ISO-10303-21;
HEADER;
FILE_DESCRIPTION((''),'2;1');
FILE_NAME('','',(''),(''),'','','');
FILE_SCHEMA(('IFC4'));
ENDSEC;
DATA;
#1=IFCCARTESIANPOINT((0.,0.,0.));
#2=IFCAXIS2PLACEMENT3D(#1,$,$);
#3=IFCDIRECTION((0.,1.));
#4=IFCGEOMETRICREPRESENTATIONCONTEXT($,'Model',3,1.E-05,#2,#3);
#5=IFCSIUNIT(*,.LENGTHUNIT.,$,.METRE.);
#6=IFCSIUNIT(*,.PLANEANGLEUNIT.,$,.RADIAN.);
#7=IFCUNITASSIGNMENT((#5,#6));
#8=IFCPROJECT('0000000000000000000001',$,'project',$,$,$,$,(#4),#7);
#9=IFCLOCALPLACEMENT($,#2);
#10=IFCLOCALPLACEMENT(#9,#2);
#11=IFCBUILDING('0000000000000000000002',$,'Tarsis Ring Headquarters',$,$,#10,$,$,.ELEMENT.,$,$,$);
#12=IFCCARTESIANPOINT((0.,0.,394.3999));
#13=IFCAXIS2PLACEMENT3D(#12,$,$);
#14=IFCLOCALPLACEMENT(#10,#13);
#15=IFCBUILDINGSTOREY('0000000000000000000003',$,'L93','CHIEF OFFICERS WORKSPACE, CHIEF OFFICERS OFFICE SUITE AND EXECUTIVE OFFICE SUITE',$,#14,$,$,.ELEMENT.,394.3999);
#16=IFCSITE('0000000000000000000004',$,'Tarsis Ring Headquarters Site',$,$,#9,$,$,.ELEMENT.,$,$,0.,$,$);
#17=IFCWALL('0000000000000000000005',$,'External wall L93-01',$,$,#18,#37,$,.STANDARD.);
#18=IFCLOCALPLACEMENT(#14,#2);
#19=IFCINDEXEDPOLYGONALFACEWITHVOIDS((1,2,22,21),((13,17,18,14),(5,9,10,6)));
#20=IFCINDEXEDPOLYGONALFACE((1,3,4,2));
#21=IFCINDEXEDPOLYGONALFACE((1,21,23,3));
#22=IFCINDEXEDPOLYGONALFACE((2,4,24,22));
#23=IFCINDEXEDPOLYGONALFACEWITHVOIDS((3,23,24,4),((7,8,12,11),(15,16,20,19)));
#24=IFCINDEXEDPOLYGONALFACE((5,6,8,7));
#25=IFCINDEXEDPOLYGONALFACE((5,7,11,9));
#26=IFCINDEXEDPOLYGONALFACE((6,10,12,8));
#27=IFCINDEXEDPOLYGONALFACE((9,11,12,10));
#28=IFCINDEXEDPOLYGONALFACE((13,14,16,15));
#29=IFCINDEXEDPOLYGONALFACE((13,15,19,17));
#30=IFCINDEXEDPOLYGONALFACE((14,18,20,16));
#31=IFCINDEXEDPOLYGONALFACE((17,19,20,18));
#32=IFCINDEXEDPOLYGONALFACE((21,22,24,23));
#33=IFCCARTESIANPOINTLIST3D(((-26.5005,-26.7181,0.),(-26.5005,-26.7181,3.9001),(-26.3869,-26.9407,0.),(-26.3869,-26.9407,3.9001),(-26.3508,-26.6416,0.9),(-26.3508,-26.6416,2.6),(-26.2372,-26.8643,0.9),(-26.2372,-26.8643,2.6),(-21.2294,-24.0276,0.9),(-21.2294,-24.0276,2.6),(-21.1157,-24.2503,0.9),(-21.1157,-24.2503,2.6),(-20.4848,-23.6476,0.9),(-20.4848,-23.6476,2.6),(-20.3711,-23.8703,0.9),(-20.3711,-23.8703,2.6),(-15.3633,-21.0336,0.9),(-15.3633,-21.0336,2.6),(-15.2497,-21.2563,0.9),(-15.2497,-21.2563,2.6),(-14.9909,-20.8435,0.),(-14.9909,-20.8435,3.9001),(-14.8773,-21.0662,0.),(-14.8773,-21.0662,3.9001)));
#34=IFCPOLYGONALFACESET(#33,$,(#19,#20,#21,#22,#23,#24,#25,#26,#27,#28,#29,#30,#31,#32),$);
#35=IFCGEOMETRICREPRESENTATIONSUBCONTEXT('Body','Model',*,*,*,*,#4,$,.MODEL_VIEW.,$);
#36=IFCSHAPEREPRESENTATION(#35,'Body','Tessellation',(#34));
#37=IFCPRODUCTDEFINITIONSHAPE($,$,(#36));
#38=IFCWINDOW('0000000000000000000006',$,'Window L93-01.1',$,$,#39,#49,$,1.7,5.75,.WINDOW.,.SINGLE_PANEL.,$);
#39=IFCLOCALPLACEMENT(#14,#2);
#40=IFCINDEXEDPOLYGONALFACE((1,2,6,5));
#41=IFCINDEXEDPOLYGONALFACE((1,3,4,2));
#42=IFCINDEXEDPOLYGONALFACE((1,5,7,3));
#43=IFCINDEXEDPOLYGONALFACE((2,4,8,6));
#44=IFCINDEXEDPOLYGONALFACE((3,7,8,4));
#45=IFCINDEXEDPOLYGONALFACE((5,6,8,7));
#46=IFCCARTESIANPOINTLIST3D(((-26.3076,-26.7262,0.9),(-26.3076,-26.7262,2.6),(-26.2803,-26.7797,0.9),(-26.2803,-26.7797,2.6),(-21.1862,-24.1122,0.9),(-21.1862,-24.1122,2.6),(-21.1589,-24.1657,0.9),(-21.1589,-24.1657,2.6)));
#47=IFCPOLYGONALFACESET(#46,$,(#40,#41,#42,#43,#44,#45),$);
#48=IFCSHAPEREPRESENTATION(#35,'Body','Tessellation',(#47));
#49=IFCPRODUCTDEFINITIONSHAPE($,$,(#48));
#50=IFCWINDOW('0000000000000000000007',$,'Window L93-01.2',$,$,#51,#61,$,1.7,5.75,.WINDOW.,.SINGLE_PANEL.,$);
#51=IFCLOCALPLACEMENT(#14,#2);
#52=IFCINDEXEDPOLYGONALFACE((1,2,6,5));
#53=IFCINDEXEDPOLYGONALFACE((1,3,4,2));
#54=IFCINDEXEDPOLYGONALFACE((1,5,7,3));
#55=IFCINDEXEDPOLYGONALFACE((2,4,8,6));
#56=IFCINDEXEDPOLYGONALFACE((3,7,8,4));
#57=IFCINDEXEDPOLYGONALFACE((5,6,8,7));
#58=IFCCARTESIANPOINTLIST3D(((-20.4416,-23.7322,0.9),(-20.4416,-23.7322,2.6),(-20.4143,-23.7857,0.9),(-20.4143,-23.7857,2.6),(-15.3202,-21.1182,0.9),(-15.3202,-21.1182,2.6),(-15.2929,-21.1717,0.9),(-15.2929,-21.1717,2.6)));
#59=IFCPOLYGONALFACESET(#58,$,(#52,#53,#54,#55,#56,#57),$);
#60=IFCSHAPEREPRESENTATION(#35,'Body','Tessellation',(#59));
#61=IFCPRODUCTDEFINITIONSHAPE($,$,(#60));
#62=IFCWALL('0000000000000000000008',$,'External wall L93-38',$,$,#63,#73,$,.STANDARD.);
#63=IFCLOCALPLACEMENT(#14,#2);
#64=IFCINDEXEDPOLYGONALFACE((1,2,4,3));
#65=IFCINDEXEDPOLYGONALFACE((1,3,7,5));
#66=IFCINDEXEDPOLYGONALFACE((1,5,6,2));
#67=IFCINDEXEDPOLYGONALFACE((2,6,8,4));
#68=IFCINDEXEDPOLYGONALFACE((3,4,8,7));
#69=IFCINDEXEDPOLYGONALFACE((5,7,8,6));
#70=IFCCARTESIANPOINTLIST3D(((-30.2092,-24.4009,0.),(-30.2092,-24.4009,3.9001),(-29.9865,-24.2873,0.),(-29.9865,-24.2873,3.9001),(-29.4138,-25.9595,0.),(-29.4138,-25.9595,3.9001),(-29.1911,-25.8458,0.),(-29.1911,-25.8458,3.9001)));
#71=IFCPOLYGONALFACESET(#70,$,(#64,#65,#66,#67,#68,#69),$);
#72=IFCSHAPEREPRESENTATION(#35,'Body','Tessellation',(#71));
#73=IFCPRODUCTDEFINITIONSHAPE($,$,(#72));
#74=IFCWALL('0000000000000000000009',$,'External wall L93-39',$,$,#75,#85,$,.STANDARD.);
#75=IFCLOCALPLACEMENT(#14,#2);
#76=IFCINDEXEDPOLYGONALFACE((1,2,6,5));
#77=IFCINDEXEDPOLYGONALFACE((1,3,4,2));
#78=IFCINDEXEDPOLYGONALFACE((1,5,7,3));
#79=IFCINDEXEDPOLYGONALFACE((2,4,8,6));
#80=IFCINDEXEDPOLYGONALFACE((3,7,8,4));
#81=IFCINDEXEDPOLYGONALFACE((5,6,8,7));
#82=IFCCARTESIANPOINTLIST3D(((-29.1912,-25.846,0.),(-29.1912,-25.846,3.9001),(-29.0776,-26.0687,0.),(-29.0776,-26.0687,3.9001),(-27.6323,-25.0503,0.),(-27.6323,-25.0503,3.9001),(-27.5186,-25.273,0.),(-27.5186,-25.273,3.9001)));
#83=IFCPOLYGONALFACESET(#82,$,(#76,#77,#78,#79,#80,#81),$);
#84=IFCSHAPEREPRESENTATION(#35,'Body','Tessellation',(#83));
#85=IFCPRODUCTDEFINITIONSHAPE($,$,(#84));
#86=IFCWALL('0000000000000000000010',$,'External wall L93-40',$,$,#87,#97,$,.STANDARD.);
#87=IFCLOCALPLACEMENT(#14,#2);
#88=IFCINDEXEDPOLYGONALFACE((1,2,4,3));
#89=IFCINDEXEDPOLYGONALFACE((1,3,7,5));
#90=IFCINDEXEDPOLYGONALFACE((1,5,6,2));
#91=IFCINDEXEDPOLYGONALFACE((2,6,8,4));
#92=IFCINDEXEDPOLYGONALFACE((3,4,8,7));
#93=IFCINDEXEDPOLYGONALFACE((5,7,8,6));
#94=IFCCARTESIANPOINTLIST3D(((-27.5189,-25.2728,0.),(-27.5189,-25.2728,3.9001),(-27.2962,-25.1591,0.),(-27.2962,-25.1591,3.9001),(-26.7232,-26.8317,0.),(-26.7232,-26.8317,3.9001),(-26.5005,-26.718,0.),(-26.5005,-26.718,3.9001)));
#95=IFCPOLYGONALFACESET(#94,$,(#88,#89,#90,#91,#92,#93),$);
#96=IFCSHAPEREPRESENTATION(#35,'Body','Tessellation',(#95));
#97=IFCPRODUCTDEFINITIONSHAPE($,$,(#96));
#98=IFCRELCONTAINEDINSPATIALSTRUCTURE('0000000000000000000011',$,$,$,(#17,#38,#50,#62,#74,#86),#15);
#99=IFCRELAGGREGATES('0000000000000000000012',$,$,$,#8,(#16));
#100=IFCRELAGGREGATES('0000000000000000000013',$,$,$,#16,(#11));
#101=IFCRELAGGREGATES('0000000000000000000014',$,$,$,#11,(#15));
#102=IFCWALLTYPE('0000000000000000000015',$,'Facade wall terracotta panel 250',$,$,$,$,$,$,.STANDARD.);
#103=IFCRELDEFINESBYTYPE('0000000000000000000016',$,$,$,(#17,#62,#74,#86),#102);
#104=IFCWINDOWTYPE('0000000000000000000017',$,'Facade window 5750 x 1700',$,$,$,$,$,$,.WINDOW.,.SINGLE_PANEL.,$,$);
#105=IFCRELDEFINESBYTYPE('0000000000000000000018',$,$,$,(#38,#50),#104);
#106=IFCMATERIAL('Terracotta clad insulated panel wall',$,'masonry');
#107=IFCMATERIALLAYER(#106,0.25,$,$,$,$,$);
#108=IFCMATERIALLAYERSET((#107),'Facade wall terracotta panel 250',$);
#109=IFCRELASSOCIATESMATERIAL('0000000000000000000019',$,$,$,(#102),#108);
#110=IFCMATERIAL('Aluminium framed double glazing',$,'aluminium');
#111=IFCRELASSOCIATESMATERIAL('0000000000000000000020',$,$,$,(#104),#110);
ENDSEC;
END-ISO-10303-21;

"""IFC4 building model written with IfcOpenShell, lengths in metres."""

from ifc_helpers import new_model, si_unit, direction, frame, frame_2d, origin, place, context, subcontext, project, spatial, rectangle, extrude, material, layer, layer_set, type_object, element, fill, save


model = new_model("IFC4")

# Units and contexts
model_context = context("Model", 3, precision=1e-05, world=origin(), true_north=direction((0.0, 1.0)))
body_context = subcontext(model_context, "Body", "Model", "MODEL_VIEW")
ifc_project = project(units=[si_unit("LENGTHUNIT", "METRE"), si_unit("PLANEANGLEUNIT", "RADIAN")], contexts=[model_context])

# Site, building, storey
site_placement = place(None, origin())
site = spatial("IfcSite", under=ifc_project, at=site_placement, Name="Tarsis Ring Headquarters Site", CompositionType="ELEMENT", RefElevation=0.0)
building_placement = place(site_placement, origin())
building = spatial("IfcBuilding", under=site, at=building_placement, Name="Tarsis Ring Headquarters", CompositionType="ELEMENT")
storey_placement = place(building_placement, frame((0.0, 0.0, 394.3999)))
storey = spatial("IfcBuildingStorey", under=building, at=storey_placement, Name="L93", Description="CHIEF OFFICERS WORKSPACE, CHIEF OFFICERS OFFICE SUITE AND EXECUTIVE OFFICE SUITE", CompositionType="ELEMENT", Elevation=394.3999)

# Wall, openings, windows
ifc_material_1 = material(Name="Terracotta clad insulated panel wall", Category="masonry")
ifc_layer_1 = layer(ifc_material_1, 0.25)
ifc_layer_set_1 = layer_set([ifc_layer_1], Name="Facade wall terracotta panel 250")
wall_type_1 = type_object("IfcWallType", Name="Facade wall terracotta panel 250", PredefinedType="STANDARD", material=ifc_layer_set_1)
wall_1_placement = place(storey_placement, frame((-26.4436, -26.8293, 0.0), z_axis=(0.0, 0.0, 1.0), x_axis=(0.89069, 0.454612, 0.0)))
wall_1 = element("IfcWall", 1, at=wall_1_placement, inside=storey, type_object=wall_type_1, Name="External wall L93-01", PredefinedType="STANDARD", context=body_context, shape_type="SweptSolid", body=[
    extrude(rectangle(XDim=12.9221, YDim=0.25, at=frame_2d((6.4609, 0.0))), origin(), (0.0, 0.0, 1.0), 3.9001),
])
opening_1_placement = place(wall_1_placement, frame((0.168, 0.0, 0.8999)))
opening_1 = element("IfcOpeningElement", 2, at=opening_1_placement, cuts=wall_1, PredefinedType="OPENING", context=body_context, shape_type="SweptSolid", body=[
    extrude(rectangle(XDim=5.75, YDim=1.7, at=frame_2d((2.875, 0.8501))), frame((0.0, 0.135, 0.0), z_axis=(0.0, -1.0, 0.0), x_axis=(1.0, 0.0, 0.0)), (0.0, 0.0, 1.0), 0.27),
])
opening_2_placement = place(wall_1_placement, frame((6.7539, 0.0, 0.8999)))
opening_2 = element("IfcOpeningElement", 3, at=opening_2_placement, cuts=wall_1, PredefinedType="OPENING", context=body_context, shape_type="SweptSolid", body=[
    extrude(rectangle(XDim=5.75, YDim=1.7, at=frame_2d((2.875, 0.8501))), frame((0.0, 0.135, 0.0), z_axis=(0.0, -1.0, 0.0), x_axis=(1.0, 0.0, 0.0)), (0.0, 0.0, 1.0), 0.27),
])
ifc_material_2 = material(Name="Aluminium framed double glazing", Category="aluminium")
window_type = type_object("IfcWindowType", Name="Facade window 5750 x 1700", PartitioningType="SINGLE_PANEL", PredefinedType="WINDOW", material=ifc_material_2)
window_1_placement = place(opening_1_placement, origin())
window_1 = element("IfcWindow", 4, at=window_1_placement, inside=storey, type_object=window_type, Name="Window L93-01.1", OverallHeight=1.7, OverallWidth=5.75, PartitioningType="SINGLE_PANEL", PredefinedType="WINDOW", context=body_context, shape_type="SweptSolid", body=[
    extrude(rectangle(XDim=5.75, YDim=1.7, at=frame_2d((2.875, 0.8501))), frame((0.0, 0.03, 0.0), z_axis=(0.0, -1.0, 0.0), x_axis=(1.0, 0.0, 0.0)), (0.0, 0.0, 1.0), 0.0601),
])
fill(opening_1, window_1)
window_2_placement = place(opening_2_placement, origin())
window_2 = element("IfcWindow", 5, at=window_2_placement, inside=storey, type_object=window_type, Name="Window L93-01.2", OverallHeight=1.7, OverallWidth=5.75, PartitioningType="SINGLE_PANEL", PredefinedType="WINDOW", context=body_context, shape_type="SweptSolid", body=[
    extrude(rectangle(XDim=5.75, YDim=1.7, at=frame_2d((2.875, 0.8501))), frame((0.0, 0.03, 0.0), z_axis=(0.0, -1.0, 0.0), x_axis=(1.0, 0.0, 0.0)), (0.0, 0.0, 1.0), 0.0601),
])
fill(opening_2, window_2)

# Walls
wall_2_placement = place(storey_placement, frame((-30.0979, -24.344, 0.0), z_axis=(0.0, 0.0, 1.0), x_axis=(0.454565, -0.890713, 0.0)))
element("IfcWall", 6, at=wall_2_placement, inside=storey, type_object=wall_type_1, Name="External wall L93-38", PredefinedType="STANDARD", context=body_context, shape_type="SweptSolid", body=[
    extrude(rectangle(XDim=1.7498, YDim=0.25, at=frame_2d((0.875, 0.0))), origin(), (0.0, 0.0, 1.0), 3.9001),
])
for number, where, z_axis, x_axis, name in (
    (7, (-29.1343, -25.9573, 0.0), (0.0, 0.0, 1.0), (0.890686, 0.454619, 0.0), "External wall L93-39"),
    (8, (-27.4075, -25.2161, 0.0), (0.0, 0.0, 1.0), (0.454619, -0.890686, 0.0), "External wall L93-40"),
):
    element("IfcWall", number, at=place(storey_placement, frame(where, z_axis=z_axis, x_axis=x_axis)), inside=storey, type_object=wall_type_1, Name=name, PredefinedType="STANDARD", context=body_context, shape_type="SweptSolid", body=[
        extrude(rectangle(XDim=1.7502, YDim=0.25, at=frame_2d((0.875, 0.0))), origin(), (0.0, 0.0, 1.0), 3.9001),
    ])

save(model, "model.ifc")
